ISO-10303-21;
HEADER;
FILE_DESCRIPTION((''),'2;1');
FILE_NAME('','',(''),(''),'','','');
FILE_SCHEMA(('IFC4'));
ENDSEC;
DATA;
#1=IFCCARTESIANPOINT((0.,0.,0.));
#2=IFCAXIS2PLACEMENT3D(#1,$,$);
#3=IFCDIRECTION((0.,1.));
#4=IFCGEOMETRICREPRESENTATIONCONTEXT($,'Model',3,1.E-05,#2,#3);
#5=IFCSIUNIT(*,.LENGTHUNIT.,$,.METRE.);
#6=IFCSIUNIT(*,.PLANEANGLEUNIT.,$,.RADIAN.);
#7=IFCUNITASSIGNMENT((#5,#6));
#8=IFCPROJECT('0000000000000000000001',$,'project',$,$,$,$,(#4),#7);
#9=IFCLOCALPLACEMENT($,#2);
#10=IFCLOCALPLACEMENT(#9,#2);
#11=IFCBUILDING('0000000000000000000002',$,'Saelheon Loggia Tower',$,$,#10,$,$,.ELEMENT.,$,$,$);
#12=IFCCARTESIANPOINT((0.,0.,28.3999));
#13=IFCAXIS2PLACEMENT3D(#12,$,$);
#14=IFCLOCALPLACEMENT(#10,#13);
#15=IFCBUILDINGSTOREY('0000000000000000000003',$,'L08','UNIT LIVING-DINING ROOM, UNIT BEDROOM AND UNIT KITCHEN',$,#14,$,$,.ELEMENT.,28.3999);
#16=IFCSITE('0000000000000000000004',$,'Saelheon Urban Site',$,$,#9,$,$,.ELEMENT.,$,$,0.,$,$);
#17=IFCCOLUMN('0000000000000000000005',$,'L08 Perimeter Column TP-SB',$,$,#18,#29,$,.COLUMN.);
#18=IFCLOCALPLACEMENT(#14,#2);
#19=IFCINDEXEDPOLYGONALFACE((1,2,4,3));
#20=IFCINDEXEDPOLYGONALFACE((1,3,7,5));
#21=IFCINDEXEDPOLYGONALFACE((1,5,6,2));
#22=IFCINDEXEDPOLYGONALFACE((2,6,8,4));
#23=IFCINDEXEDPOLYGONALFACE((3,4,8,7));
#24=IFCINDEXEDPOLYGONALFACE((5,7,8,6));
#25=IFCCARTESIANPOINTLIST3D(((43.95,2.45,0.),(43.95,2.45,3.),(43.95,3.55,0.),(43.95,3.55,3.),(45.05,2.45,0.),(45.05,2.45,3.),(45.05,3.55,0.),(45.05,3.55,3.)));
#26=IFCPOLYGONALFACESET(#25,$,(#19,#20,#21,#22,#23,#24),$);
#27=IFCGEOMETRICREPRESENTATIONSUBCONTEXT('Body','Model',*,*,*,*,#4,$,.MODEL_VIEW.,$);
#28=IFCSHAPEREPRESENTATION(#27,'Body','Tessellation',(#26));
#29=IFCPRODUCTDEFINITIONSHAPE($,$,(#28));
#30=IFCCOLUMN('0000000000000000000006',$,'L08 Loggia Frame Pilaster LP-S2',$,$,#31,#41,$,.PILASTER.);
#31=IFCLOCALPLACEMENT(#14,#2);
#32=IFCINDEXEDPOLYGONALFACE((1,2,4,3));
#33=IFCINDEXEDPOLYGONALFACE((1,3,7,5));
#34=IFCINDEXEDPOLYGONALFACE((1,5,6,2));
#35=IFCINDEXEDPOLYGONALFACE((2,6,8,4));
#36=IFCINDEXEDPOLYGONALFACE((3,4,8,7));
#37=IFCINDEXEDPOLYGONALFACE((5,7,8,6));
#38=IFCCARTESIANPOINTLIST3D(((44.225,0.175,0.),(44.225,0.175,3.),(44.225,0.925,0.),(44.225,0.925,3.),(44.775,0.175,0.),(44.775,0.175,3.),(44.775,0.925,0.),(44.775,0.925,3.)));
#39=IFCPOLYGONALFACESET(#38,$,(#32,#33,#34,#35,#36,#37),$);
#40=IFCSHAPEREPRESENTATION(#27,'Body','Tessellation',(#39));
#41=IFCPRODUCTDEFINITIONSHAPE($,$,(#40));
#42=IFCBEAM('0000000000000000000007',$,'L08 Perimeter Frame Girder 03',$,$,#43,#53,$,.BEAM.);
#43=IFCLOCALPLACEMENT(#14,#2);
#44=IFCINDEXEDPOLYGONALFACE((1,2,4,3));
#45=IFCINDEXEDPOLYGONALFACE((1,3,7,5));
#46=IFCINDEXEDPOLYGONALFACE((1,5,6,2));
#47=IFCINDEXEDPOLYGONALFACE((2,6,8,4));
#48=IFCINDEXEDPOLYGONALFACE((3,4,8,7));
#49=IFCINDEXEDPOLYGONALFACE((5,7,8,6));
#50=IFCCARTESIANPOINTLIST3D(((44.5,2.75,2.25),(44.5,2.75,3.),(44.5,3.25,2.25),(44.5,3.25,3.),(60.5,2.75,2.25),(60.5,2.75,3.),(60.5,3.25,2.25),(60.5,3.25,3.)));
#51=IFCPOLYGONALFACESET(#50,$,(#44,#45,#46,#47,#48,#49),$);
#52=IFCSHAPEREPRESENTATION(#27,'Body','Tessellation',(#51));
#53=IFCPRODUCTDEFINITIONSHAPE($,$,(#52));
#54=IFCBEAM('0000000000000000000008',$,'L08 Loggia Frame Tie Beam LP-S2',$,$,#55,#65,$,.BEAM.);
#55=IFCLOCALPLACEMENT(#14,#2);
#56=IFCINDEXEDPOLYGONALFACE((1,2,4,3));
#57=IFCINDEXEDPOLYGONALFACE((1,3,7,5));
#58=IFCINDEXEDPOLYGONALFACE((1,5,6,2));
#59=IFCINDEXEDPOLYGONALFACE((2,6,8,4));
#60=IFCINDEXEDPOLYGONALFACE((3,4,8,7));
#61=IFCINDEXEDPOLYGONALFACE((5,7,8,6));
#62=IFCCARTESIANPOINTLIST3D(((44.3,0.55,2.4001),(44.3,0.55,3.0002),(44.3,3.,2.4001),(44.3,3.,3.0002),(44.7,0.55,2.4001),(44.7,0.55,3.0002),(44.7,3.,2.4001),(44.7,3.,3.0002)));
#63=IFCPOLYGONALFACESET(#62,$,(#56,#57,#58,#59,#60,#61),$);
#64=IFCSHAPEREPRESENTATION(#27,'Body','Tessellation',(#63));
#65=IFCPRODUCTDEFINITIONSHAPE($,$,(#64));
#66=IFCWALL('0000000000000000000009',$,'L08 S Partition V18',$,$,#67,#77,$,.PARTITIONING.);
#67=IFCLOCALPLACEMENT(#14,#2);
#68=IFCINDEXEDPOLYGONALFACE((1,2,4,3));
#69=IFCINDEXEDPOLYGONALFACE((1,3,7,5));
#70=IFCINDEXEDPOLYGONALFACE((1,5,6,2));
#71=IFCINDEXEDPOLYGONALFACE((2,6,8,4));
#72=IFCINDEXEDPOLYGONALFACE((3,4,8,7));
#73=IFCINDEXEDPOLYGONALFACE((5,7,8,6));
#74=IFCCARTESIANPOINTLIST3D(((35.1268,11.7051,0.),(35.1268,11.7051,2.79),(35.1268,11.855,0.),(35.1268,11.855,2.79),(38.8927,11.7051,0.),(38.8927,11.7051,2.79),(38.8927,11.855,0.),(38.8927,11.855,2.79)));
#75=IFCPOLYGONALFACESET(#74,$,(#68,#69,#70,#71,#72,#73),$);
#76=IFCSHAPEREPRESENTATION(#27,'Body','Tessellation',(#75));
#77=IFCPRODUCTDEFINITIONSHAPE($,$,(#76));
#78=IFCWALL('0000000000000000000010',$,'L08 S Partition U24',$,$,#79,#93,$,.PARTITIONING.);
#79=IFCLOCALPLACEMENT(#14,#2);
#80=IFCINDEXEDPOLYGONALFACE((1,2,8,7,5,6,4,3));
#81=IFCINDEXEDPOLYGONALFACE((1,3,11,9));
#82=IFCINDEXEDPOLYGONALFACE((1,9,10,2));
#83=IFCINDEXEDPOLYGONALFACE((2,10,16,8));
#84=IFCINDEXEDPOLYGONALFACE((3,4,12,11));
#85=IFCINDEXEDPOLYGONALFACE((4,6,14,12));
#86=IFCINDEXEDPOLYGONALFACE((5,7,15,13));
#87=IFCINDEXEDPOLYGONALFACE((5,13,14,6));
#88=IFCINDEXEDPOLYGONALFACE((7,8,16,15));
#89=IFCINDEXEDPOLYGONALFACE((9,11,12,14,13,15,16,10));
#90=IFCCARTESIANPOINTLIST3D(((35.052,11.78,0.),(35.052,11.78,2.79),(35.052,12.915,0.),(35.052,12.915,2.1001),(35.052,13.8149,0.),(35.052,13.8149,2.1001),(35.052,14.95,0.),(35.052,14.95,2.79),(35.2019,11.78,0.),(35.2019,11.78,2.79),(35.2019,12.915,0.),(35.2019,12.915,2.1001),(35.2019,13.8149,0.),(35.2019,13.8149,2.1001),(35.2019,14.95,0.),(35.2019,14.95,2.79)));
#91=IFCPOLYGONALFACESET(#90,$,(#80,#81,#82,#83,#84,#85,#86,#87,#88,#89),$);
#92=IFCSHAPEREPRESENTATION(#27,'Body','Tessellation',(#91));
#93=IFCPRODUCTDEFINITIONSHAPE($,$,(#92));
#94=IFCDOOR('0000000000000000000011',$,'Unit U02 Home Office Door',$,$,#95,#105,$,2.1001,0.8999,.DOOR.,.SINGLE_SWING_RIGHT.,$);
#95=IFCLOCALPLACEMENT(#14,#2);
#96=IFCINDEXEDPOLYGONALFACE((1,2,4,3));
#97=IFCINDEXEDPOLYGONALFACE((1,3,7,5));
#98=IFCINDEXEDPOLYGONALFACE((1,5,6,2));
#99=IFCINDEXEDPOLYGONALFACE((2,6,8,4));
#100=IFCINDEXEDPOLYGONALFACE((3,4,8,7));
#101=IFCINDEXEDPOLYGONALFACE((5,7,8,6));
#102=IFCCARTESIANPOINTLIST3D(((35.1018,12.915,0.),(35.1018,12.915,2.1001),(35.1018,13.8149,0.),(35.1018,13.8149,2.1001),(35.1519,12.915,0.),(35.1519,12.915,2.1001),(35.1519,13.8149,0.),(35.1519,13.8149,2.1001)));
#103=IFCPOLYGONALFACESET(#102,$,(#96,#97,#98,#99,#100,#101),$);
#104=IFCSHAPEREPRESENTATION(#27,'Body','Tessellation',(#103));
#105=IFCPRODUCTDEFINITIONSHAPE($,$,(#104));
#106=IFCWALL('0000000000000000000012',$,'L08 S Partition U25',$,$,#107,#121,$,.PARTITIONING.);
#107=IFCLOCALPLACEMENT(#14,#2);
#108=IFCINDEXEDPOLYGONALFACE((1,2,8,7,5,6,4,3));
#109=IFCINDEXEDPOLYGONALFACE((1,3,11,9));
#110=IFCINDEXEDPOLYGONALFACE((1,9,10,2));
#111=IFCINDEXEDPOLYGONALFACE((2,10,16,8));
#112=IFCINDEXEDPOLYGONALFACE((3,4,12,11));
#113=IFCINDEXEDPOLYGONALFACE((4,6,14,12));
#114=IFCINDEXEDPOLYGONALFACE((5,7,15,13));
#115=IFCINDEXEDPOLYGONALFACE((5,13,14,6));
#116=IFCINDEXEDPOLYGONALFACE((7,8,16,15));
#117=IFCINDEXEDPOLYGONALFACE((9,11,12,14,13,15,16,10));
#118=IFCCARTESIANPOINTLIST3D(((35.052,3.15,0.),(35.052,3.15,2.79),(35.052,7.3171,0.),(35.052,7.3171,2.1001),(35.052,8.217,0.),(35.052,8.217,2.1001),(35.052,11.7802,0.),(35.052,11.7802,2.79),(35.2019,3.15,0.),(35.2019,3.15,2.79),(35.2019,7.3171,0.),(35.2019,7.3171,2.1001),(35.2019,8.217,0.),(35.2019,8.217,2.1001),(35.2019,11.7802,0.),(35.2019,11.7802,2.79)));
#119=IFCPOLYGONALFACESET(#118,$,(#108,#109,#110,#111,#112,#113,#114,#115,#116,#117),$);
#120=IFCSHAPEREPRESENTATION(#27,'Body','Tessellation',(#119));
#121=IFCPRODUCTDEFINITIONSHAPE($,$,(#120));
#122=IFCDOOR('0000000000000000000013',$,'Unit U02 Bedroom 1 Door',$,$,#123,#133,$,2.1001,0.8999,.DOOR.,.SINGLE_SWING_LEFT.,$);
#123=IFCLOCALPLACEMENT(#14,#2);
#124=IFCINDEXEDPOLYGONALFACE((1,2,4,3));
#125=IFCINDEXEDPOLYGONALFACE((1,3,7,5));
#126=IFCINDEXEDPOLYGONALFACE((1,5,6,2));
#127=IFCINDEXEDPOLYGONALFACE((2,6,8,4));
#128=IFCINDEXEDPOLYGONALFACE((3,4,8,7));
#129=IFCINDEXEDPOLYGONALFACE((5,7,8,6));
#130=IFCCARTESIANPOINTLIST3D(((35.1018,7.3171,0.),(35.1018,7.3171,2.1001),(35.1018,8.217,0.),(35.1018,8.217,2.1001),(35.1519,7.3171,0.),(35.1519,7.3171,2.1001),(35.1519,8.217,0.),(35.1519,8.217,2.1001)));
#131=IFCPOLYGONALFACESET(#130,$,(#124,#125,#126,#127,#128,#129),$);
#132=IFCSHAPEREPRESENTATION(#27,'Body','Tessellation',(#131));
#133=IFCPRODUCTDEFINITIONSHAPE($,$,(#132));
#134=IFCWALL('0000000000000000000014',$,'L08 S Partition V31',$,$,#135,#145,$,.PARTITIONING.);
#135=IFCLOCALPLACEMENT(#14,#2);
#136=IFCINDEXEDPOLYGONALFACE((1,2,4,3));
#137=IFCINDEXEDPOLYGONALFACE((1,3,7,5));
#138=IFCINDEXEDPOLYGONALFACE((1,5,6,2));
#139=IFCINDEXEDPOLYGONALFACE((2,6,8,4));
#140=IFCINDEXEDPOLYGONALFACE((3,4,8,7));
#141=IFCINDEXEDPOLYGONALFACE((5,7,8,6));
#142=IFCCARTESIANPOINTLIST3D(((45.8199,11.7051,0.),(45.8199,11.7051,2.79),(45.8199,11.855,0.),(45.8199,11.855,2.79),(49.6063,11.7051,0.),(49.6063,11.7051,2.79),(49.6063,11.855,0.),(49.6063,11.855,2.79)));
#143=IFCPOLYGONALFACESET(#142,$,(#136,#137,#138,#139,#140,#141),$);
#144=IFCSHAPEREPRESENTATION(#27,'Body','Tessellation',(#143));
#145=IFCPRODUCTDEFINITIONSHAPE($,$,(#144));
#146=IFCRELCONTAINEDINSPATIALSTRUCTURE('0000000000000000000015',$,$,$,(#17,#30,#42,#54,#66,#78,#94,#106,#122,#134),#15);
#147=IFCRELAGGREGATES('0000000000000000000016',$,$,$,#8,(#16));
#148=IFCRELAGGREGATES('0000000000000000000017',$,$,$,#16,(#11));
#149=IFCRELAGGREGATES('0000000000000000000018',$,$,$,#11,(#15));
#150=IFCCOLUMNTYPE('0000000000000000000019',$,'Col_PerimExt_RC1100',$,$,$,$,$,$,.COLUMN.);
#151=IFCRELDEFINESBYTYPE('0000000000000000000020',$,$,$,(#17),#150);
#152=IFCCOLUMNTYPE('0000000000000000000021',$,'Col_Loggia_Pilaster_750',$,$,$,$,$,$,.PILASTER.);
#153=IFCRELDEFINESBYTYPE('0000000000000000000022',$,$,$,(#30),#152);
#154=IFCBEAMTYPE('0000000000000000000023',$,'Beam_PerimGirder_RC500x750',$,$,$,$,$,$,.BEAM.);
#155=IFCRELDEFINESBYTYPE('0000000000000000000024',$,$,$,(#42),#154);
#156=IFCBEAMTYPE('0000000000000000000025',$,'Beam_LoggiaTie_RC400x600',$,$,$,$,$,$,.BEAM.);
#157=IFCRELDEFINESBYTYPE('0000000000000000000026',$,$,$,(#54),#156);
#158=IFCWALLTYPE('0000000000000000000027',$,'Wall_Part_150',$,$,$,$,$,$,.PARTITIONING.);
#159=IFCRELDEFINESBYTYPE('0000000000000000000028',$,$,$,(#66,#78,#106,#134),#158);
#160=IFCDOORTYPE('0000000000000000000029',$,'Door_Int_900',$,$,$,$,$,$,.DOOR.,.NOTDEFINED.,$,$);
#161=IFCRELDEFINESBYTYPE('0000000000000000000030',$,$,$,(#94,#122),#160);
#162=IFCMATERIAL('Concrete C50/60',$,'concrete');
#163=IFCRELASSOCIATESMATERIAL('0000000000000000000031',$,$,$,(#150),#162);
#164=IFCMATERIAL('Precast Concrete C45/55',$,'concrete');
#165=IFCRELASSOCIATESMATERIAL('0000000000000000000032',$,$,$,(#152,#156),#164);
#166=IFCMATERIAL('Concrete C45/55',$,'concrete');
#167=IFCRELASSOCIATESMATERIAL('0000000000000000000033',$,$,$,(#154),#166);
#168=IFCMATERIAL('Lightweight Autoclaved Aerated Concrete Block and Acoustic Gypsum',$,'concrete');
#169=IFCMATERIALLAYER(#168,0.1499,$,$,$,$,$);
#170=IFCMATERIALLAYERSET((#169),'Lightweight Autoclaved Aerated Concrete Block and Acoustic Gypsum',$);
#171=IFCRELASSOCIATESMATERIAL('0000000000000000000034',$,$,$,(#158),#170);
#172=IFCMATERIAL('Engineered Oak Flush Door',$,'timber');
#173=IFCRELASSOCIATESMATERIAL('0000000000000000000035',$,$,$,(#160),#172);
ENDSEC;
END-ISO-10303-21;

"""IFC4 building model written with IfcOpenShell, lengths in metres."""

from ifc_helpers import new_model, si_unit, direction, frame, frame_2d, origin, origin_2d, place, context, subcontext, project, spatial, rectangle, extrude, source, transform, mapped, material, layer, layer_set, material_profile, profile_set, type_object, element, fill, save


model = new_model("IFC4")

# Units and contexts
model_context = context("Model", 3, precision=1e-05, world=origin(), true_north=direction((0.0, 1.0)))
body_context = subcontext(model_context, "Body", "Model", "MODEL_VIEW")
ifc_project = project(units=[si_unit("LENGTHUNIT", "METRE"), si_unit("PLANEANGLEUNIT", "RADIAN")], contexts=[model_context])

# Site, building, storey
site_placement = place(None, origin())
site = spatial("IfcSite", under=ifc_project, at=site_placement, Name="Saelheon Urban Site", CompositionType="ELEMENT", RefElevation=0.0)
building_placement = place(site_placement, origin())
building = spatial("IfcBuilding", under=site, at=building_placement, Name="Saelheon Loggia Tower", CompositionType="ELEMENT")
storey_placement = place(building_placement, frame((0.0, 0.0, 28.3999)))
storey = spatial("IfcBuildingStorey", under=building, at=storey_placement, Name="L08", Description="UNIT LIVING-DINING ROOM, UNIT BEDROOM AND UNIT KITCHEN", CompositionType="ELEMENT", Elevation=28.3999)

# Columns
ifc_material_1 = material(Name="Concrete C50/60", Category="concrete")
ifc_material_profile_1 = material_profile(ifc_material_1, rectangle(XDim=1.1001, YDim=1.1001, at=origin_2d()), Name="RC-1100x1100")
ifc_profile_set_1 = profile_set([ifc_material_profile_1], Name="Concrete C50/60")
column_type_1 = type_object("IfcColumnType", Name="Col_PerimExt_RC1100", PredefinedType="COLUMN", material=ifc_profile_set_1)
shared_shape_1 = source(origin(), body_context, "Body", "SweptSolid", [
    extrude(rectangle(XDim=1.1001, YDim=1.1001, at=origin_2d()), origin(), (0.0, 0.0, 1.0), 3.0),
])
column_1_placement = place(storey_placement, frame((44.5, 3.0, 0.0), z_axis=(0.0, 0.0, 1.0), x_axis=(1.0, 0.0, 0.0)))
element("IfcColumn", 1, at=column_1_placement, inside=storey, type_object=column_type_1, Name="L08 Perimeter Column TP-SB", PredefinedType="COLUMN", context=body_context, shape_type="MappedRepresentation", body=[
    mapped(shared_shape_1, transform((0.0, 0.0, 0.0), scale=1.0)),
])
ifc_material_2 = material(Name="Precast Concrete C45/55", Category="concrete")
ifc_material_profile_2 = material_profile(ifc_material_2, rectangle(XDim=0.55, YDim=0.75, at=origin_2d()), Name="RC-550x750")
ifc_profile_set_2 = profile_set([ifc_material_profile_2], Name="Precast Concrete C45/55")
column_type_2 = type_object("IfcColumnType", Name="Col_Loggia_Pilaster_750", PredefinedType="PILASTER", material=ifc_profile_set_2)
shared_shape_2 = source(origin(), body_context, "Body", "SweptSolid", [
    extrude(rectangle(XDim=0.55, YDim=0.75, at=origin_2d()), origin(), (0.0, 0.0, 1.0), 3.0),
])
column_2_placement = place(storey_placement, frame((44.5, 0.55, 0.0), z_axis=(0.0, 0.0, 1.0), x_axis=(1.0, 0.0, 0.0)))
element("IfcColumn", 2, at=column_2_placement, inside=storey, type_object=column_type_2, Name="L08 Loggia Frame Pilaster LP-S2", PredefinedType="PILASTER", context=body_context, shape_type="MappedRepresentation", body=[
    mapped(shared_shape_2, transform((0.0, 0.0, 0.0), scale=1.0)),
])

# Beams
ifc_material_3 = material(Name="Concrete C45/55", Category="concrete")
ifc_material_profile_3 = material_profile(ifc_material_3, rectangle(XDim=0.5, YDim=0.75, at=origin_2d()), Name="RC-500x750")
ifc_profile_set_3 = profile_set([ifc_material_profile_3], Name="Concrete C45/55")
beam_type_1 = type_object("IfcBeamType", Name="Beam_PerimGirder_RC500x750", PredefinedType="BEAM", material=ifc_profile_set_3)
shared_shape_3 = source(origin(), body_context, "Body", "SweptSolid", [
    extrude(rectangle(XDim=0.5, YDim=0.75, at=origin_2d()), origin(), (0.0, 0.0, 1.0), 16.0),
])
beam_1_placement = place(storey_placement, frame((44.5, 3.0, 2.625), z_axis=(1.0, 0.0, 0.0), x_axis=(0.0, 1.0, 0.0)))
element("IfcBeam", 3, at=beam_1_placement, inside=storey, type_object=beam_type_1, Name="L08 Perimeter Frame Girder 03", PredefinedType="BEAM", context=body_context, shape_type="MappedRepresentation", body=[
    mapped(shared_shape_3, transform((0.0, 0.0, 0.0), scale=1.0)),
])
ifc_material_profile_4 = material_profile(ifc_material_2, rectangle(XDim=0.3999, YDim=0.6001, at=origin_2d()), Name="RC-400x600")
ifc_profile_set_4 = profile_set([ifc_material_profile_4], Name="Precast Concrete C45/55")
beam_type_2 = type_object("IfcBeamType", Name="Beam_LoggiaTie_RC400x600", PredefinedType="BEAM", material=ifc_profile_set_4)
shared_shape_4 = source(origin(), body_context, "Body", "SweptSolid", [
    extrude(rectangle(XDim=0.3999, YDim=0.6001, at=origin_2d()), origin(), (0.0, 0.0, 1.0), 2.45),
])
beam_2_placement = place(storey_placement, frame((44.5, 3.0, 2.7002), z_axis=(0.0, -1.0, 0.0), x_axis=(1.0, 0.0, 0.0)))
element("IfcBeam", 4, at=beam_2_placement, inside=storey, type_object=beam_type_2, Name="L08 Loggia Frame Tie Beam LP-S2", PredefinedType="BEAM", context=body_context, shape_type="MappedRepresentation", body=[
    mapped(shared_shape_4, transform((0.0, 0.0, 0.0), scale=1.0)),
])

# Wall
ifc_material_4 = material(Name="Lightweight Autoclaved Aerated Concrete Block and Acoustic Gypsum", Category="concrete")
ifc_layer_1 = layer(ifc_material_4, 0.1499)
ifc_layer_set_1 = layer_set([ifc_layer_1], Name="Lightweight Autoclaved Aerated Concrete Block and Acoustic Gypsum")
wall_type_1 = type_object("IfcWallType", Name="Wall_Part_150", PredefinedType="PARTITIONING", material=ifc_layer_set_1)
wall_1_placement = place(storey_placement, frame((35.127, 11.78, 0.0), z_axis=(0.0, 0.0, 1.0), x_axis=(1.0, 0.0, 0.0)))
element("IfcWall", 5, at=wall_1_placement, inside=storey, type_object=wall_type_1, Name="L08 S Partition V18", PredefinedType="PARTITIONING", context=body_context, shape_type="SweptSolid", body=[
    extrude(rectangle(XDim=3.7659, YDim=0.1499, at=frame_2d((1.8828, 0.0))), origin(), (0.0, 0.0, 1.0), 2.79),
])

# Walls, openings, doors
wall_2_placement = place(storey_placement, frame((35.127, 14.95, 0.0), z_axis=(0.0, 0.0, 1.0), x_axis=(0.0, -1.0, 0.0)))
wall_2 = element("IfcWall", 6, at=wall_2_placement, inside=storey, type_object=wall_type_1, Name="L08 S Partition U24", PredefinedType="PARTITIONING", context=body_context, shape_type="SweptSolid", body=[
    extrude(rectangle(XDim=3.1699, YDim=0.1499, at=frame_2d((1.585, 0.0))), origin(), (0.0, 0.0, 1.0), 2.79),
])
opening_1_placement = place(wall_2_placement, frame((1.135, 0.0, 0.0)))
opening_1 = element("IfcOpeningElement", 7, at=opening_1_placement, cuts=wall_2, PredefinedType="OPENING", context=body_context, shape_type="SweptSolid", body=[
    extrude(rectangle(XDim=0.8999, YDim=2.1001, at=frame_2d((0.45, 1.05))), frame((0.0, 0.0869, 0.0), z_axis=(0.0, -1.0, 0.0), x_axis=(1.0, 0.0, 0.0)), (0.0, 0.0, 1.0), 0.1738),
])
ifc_material_5 = material(Name="Engineered Oak Flush Door", Category="timber")
door_type_1 = type_object("IfcDoorType", Name="Door_Int_900", OperationType="NOTDEFINED", PredefinedType="DOOR", material=ifc_material_5)
shared_shape_5 = source(origin(), body_context, "Body", "SweptSolid", [
    extrude(rectangle(XDim=0.8999, YDim=2.1001, at=frame_2d((0.45, 1.05))), frame((0.0, 0.0249, 0.0), z_axis=(0.0, -1.0, 0.0), x_axis=(1.0, 0.0, 0.0)), (0.0, 0.0, 1.0), 0.05),
])
door_1_placement = place(opening_1_placement, origin())
door_1 = element("IfcDoor", 8, at=door_1_placement, inside=storey, type_object=door_type_1, Name="Unit U02 Home Office Door", OperationType="SINGLE_SWING_RIGHT", OverallHeight=2.1001, OverallWidth=0.8999, PredefinedType="DOOR", context=body_context, shape_type="MappedRepresentation", body=[
    mapped(shared_shape_5, transform((0.0, 0.0, 0.0), scale=1.0)),
])
fill(opening_1, door_1)
wall_3_placement = place(storey_placement, frame((35.127, 11.78, 0.0), z_axis=(0.0, 0.0, 1.0), x_axis=(0.0, -1.0, 0.0)))
wall_3 = element("IfcWall", 9, at=wall_3_placement, inside=storey, type_object=wall_type_1, Name="L08 S Partition U25", PredefinedType="PARTITIONING", context=body_context, shape_type="SweptSolid", body=[
    extrude(rectangle(XDim=8.6301, YDim=0.1499, at=frame_2d((4.3149, 0.0))), origin(), (0.0, 0.0, 1.0), 2.79),
])
opening_2_placement = place(wall_3_placement, frame((3.563, 0.0, 0.0)))
opening_2 = element("IfcOpeningElement", 10, at=opening_2_placement, cuts=wall_3, PredefinedType="OPENING", context=body_context, shape_type="SweptSolid", body=[
    extrude(rectangle(XDim=0.8999, YDim=2.1001, at=frame_2d((0.45, 1.05))), frame((0.0, 0.0869, 0.0), z_axis=(0.0, -1.0, 0.0), x_axis=(1.0, 0.0, 0.0)), (0.0, 0.0, 1.0), 0.1738),
])
door_2_placement = place(opening_2_placement, origin())
door_2 = element("IfcDoor", 11, at=door_2_placement, inside=storey, type_object=door_type_1, Name="Unit U02 Bedroom 1 Door", OperationType="SINGLE_SWING_LEFT", OverallHeight=2.1001, OverallWidth=0.8999, PredefinedType="DOOR", context=body_context, shape_type="MappedRepresentation", body=[
    mapped(shared_shape_5, transform((0.0, 0.0, 0.0), scale=1.0)),
])
fill(opening_2, door_2)

# Wall
wall_4_placement = place(storey_placement, frame((45.8201, 11.78, 0.0), z_axis=(0.0, 0.0, 1.0), x_axis=(1.0, 0.0, 0.0)))
element("IfcWall", 12, at=wall_4_placement, inside=storey, type_object=wall_type_1, Name="L08 S Partition V31", PredefinedType="PARTITIONING", context=body_context, shape_type="SweptSolid", body=[
    extrude(rectangle(XDim=3.7864, YDim=0.1499, at=frame_2d((1.8931, 0.0))), origin(), (0.0, 0.0, 1.0), 2.79),
])

save(model, "model.ifc")
